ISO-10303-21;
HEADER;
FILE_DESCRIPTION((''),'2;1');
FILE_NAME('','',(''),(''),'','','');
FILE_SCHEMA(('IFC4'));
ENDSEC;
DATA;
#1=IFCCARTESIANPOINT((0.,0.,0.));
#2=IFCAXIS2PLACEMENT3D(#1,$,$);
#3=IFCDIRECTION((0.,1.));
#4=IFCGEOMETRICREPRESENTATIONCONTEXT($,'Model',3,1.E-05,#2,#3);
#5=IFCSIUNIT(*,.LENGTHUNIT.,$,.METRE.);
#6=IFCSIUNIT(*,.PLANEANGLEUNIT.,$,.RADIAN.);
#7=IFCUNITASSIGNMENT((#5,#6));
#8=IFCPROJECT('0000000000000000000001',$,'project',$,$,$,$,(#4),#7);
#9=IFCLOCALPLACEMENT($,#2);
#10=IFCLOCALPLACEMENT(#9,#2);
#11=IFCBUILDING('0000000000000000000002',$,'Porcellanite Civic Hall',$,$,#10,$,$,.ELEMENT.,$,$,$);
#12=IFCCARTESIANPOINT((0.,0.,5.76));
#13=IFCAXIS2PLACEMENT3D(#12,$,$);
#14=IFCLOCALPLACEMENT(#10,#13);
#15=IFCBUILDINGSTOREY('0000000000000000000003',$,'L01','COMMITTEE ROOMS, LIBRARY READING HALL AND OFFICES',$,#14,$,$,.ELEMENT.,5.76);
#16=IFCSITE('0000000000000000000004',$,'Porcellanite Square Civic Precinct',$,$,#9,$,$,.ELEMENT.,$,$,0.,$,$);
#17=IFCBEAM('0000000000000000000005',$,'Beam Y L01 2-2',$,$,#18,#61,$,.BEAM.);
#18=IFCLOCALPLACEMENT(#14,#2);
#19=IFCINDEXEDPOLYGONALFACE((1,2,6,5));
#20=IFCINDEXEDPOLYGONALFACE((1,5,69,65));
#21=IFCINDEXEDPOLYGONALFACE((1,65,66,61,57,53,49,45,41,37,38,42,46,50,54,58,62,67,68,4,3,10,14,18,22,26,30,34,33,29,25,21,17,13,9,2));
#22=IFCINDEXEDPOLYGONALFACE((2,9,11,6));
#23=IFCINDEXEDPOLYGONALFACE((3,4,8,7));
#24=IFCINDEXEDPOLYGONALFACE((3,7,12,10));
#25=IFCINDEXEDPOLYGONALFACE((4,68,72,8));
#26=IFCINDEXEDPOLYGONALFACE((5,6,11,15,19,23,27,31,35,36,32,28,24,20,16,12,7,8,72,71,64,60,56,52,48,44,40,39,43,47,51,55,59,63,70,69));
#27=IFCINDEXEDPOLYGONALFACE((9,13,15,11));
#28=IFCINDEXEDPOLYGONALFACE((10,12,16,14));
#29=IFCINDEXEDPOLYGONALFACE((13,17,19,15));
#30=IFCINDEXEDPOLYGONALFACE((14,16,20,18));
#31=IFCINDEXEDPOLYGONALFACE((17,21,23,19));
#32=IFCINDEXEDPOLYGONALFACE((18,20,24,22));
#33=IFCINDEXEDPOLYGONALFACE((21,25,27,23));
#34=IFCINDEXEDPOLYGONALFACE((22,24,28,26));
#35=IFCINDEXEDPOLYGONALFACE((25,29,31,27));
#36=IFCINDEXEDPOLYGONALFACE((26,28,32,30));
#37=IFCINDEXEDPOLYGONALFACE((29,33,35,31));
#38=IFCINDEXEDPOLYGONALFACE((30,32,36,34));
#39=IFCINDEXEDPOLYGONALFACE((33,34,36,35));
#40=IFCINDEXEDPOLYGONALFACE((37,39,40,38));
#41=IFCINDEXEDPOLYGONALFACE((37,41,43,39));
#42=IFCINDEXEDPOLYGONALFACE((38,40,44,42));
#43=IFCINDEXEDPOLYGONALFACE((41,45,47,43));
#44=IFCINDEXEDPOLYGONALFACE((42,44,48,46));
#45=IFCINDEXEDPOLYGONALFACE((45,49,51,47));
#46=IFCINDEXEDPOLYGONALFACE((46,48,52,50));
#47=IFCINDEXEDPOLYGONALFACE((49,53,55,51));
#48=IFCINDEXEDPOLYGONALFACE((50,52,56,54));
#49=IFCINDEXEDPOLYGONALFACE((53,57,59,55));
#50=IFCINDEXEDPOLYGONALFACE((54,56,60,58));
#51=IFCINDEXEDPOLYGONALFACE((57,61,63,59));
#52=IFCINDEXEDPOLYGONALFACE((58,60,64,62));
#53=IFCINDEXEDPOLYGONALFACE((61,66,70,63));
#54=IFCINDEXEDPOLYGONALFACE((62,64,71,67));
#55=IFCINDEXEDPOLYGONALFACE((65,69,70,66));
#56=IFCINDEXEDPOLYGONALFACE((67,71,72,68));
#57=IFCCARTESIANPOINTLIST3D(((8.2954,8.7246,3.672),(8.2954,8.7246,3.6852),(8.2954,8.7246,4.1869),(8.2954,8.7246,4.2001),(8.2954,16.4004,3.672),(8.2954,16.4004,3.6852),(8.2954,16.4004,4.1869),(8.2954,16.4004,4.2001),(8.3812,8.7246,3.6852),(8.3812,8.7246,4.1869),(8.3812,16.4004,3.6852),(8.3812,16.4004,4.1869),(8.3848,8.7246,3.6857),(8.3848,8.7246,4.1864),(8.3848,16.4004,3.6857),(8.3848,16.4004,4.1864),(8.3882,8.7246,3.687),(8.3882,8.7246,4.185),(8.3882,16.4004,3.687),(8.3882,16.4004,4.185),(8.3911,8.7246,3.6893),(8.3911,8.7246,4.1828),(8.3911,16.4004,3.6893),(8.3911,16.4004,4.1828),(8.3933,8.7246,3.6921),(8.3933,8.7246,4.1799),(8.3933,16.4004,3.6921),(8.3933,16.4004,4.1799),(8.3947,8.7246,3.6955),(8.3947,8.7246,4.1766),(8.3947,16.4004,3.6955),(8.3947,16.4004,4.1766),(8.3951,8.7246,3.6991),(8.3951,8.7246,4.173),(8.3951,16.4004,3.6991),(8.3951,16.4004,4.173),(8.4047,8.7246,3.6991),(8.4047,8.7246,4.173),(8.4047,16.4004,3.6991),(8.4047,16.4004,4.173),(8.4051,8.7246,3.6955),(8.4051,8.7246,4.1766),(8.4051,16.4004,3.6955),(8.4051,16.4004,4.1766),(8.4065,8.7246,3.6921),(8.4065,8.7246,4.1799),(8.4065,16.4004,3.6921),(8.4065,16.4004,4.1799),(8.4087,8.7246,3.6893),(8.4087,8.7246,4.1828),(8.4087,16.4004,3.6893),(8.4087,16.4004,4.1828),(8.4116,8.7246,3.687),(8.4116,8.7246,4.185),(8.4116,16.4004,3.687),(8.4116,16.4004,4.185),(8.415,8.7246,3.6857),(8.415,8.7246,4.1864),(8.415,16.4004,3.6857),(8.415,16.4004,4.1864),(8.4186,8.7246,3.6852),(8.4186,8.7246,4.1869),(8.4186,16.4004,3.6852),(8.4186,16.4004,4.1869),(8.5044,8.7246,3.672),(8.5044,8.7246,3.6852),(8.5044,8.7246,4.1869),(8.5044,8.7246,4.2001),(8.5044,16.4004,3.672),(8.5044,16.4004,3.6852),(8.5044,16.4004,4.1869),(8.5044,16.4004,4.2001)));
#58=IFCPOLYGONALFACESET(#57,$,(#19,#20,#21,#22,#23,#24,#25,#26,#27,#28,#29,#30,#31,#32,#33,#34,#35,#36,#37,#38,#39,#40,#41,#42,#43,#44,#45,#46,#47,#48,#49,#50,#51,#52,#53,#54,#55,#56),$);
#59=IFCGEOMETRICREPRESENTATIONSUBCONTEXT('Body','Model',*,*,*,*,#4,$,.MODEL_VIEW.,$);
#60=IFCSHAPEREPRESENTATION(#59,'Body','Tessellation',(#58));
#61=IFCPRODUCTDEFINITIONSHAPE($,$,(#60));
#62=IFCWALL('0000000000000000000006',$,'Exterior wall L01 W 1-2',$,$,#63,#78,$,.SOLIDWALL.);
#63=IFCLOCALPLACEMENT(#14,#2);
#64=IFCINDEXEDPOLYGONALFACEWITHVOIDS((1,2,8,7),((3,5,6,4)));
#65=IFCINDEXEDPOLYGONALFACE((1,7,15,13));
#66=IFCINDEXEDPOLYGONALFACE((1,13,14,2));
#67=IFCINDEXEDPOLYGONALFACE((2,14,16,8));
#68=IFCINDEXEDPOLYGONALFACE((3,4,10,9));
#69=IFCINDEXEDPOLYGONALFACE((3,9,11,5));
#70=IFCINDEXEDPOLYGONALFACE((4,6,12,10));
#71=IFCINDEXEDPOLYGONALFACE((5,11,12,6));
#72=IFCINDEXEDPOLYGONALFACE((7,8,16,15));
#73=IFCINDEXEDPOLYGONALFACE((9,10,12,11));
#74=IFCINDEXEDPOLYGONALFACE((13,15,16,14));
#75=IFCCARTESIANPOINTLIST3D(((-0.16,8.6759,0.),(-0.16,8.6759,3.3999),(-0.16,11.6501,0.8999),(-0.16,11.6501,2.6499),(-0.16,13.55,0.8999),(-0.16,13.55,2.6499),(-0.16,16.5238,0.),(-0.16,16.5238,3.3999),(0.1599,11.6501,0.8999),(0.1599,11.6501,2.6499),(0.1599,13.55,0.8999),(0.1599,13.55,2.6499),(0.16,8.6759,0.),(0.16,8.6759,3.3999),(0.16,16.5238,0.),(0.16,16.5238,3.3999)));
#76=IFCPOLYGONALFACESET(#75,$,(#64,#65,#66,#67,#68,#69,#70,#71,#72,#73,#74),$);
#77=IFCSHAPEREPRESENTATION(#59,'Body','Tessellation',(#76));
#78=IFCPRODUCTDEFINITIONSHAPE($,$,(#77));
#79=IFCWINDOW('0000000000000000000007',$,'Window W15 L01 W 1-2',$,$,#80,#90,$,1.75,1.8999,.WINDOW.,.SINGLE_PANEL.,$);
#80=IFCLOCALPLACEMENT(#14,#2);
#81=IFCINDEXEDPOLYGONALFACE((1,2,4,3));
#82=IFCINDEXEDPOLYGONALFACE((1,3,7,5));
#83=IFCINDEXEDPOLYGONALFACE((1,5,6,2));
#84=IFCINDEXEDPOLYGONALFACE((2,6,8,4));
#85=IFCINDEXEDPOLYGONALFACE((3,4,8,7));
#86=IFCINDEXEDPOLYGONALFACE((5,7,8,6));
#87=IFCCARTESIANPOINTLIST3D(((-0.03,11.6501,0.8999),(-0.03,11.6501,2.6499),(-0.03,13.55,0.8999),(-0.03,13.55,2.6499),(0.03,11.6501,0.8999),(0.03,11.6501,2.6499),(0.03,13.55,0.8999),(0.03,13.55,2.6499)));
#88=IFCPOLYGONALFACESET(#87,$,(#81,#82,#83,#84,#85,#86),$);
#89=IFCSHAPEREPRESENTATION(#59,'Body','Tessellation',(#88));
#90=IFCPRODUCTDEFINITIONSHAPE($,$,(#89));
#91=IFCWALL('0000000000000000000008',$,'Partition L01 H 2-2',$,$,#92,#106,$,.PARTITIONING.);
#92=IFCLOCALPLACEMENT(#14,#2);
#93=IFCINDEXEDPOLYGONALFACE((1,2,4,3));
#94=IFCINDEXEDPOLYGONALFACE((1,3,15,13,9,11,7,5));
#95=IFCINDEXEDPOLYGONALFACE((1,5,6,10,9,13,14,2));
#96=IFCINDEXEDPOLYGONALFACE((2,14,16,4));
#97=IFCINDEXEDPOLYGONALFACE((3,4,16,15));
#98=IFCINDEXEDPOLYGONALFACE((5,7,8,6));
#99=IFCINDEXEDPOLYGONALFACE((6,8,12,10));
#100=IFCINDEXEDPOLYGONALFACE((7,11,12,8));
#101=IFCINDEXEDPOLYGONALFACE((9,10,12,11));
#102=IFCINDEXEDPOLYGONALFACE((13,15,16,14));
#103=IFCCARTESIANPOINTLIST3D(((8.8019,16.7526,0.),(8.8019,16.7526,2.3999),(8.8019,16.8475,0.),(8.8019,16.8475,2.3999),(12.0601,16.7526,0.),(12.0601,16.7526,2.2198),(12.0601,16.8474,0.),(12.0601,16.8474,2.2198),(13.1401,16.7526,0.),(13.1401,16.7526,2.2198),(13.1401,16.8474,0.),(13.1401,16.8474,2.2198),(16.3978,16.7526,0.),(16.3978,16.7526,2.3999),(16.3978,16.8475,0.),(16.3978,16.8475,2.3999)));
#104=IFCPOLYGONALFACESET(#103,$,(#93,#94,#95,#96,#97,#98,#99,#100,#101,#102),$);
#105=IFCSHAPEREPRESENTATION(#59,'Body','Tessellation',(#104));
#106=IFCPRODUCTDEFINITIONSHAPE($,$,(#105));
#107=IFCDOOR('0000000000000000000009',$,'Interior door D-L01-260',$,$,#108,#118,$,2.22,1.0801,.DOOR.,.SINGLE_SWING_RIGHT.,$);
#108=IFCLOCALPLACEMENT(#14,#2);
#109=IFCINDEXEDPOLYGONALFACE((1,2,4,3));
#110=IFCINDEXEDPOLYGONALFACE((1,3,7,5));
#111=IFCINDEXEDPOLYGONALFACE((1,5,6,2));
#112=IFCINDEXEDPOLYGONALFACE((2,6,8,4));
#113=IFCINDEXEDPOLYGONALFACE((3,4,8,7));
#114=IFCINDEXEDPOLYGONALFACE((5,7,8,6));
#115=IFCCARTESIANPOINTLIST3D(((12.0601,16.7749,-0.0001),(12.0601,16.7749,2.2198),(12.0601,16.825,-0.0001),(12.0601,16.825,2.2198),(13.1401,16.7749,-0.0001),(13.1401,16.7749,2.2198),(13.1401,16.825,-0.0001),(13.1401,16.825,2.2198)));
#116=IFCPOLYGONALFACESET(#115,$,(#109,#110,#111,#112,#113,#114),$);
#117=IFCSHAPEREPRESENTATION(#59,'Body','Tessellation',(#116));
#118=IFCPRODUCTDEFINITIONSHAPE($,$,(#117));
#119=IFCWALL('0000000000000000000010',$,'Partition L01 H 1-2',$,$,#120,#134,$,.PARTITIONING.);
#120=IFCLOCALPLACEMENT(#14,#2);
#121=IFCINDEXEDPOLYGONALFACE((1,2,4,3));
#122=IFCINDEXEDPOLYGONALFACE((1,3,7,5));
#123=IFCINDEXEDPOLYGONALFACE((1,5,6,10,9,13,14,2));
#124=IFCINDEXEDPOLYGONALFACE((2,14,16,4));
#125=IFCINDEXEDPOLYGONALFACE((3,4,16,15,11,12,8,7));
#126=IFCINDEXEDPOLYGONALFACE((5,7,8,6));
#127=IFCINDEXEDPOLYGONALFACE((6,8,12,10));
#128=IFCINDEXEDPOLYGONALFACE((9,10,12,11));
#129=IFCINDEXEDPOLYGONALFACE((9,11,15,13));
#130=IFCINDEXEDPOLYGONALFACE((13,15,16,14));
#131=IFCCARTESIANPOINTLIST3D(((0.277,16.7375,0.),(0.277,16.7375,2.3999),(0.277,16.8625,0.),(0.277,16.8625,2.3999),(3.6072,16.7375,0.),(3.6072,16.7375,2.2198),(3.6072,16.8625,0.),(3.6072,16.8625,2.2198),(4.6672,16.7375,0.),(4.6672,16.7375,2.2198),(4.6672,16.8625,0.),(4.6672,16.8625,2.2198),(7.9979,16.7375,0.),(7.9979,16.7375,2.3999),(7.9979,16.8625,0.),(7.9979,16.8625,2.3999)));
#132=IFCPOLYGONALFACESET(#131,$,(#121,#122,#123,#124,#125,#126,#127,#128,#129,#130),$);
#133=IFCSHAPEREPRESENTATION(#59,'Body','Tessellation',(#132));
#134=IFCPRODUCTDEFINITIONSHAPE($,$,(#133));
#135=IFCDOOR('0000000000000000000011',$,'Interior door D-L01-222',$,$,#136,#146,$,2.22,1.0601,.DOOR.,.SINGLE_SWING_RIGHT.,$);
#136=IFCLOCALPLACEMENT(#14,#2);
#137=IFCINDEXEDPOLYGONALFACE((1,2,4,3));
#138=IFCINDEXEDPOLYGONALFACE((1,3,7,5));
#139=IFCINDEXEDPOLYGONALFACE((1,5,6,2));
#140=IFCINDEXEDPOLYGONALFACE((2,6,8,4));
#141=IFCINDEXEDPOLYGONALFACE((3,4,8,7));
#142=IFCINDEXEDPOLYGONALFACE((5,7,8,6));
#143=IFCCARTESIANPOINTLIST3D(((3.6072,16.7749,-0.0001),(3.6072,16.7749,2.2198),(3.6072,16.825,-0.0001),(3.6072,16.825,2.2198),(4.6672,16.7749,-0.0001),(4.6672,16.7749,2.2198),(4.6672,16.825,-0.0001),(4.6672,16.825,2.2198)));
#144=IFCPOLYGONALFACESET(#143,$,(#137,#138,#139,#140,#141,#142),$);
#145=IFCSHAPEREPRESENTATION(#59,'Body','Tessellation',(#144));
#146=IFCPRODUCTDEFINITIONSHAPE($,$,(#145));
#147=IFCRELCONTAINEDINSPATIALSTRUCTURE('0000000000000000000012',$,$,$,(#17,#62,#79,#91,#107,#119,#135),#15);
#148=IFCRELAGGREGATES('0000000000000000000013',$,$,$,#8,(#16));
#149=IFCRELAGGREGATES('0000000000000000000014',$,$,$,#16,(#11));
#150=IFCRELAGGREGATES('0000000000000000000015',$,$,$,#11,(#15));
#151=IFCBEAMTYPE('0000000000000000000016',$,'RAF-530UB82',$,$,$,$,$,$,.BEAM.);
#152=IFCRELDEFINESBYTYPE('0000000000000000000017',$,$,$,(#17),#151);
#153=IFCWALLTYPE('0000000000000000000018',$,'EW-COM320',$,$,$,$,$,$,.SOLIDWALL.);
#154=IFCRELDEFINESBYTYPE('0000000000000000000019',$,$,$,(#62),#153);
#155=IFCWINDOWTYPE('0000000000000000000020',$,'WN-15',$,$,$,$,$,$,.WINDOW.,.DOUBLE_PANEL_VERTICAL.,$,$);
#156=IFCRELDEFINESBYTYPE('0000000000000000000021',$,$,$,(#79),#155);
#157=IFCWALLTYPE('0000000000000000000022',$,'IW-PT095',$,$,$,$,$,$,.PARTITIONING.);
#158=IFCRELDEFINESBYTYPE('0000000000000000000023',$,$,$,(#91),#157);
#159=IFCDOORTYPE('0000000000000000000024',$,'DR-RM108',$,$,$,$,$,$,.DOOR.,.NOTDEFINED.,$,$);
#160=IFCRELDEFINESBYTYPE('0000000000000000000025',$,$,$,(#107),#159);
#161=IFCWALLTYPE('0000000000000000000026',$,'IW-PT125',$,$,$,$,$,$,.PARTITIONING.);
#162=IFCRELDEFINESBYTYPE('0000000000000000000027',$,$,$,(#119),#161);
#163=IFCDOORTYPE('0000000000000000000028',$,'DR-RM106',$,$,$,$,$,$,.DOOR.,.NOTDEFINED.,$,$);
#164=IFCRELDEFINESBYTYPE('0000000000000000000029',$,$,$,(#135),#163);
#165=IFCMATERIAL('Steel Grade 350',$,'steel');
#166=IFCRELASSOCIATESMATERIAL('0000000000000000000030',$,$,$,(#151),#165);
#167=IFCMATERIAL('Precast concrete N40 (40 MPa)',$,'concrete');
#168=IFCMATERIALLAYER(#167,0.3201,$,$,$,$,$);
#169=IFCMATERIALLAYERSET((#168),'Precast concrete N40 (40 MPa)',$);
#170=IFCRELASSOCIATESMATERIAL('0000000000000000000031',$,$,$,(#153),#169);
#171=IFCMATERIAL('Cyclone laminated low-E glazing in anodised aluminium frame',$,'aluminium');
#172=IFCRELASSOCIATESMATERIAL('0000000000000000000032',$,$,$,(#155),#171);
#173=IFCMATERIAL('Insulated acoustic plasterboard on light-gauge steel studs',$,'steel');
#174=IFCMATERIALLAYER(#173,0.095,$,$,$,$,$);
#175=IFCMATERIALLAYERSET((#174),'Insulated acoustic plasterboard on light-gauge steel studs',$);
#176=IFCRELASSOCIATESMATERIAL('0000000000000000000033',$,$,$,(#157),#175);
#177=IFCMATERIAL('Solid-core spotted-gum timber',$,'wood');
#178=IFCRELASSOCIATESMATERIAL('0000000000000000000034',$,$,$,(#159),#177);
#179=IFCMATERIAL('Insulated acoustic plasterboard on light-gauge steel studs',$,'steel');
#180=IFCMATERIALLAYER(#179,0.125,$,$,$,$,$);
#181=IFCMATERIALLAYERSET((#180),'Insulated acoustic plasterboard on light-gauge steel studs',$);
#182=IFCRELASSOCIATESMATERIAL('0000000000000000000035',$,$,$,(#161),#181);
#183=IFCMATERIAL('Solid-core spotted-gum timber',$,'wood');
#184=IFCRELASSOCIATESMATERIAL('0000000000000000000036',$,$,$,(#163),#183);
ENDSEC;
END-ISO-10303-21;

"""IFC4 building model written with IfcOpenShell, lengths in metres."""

from ifc_helpers import new_model, si_unit, direction, frame, frame_2d, origin, origin_2d, place, context, subcontext, project, spatial, rectangle, i_section, extrude, material, layer, layer_set, material_profile, profile_set, type_object, element, fill, save


model = new_model("IFC4")

# Units and contexts
model_context = context("Model", 3, precision=1e-05, world=origin(), true_north=direction((0.0, 1.0)))
body_context = subcontext(model_context, "Body", "Model", "MODEL_VIEW")
ifc_project = project(units=[si_unit("LENGTHUNIT", "METRE"), si_unit("PLANEANGLEUNIT", "RADIAN")], contexts=[model_context])

# Site, building, storey
site_placement = place(None, origin())
site = spatial("IfcSite", under=ifc_project, at=site_placement, Name="Porcellanite Square Civic Precinct", CompositionType="ELEMENT", RefElevation=0.0)
building_placement = place(site_placement, origin())
building = spatial("IfcBuilding", under=site, at=building_placement, Name="Porcellanite Civic Hall", CompositionType="ELEMENT")
storey_placement = place(building_placement, frame((0.0, 0.0, 5.76)))
storey = spatial("IfcBuildingStorey", under=building, at=storey_placement, Name="L01", Description="COMMITTEE ROOMS, LIBRARY READING HALL AND OFFICES", CompositionType="ELEMENT", Elevation=5.76)

# Beam
ifc_material_1 = material(Name="Steel Grade 350", Category="steel")
ifc_material_profile_1 = material_profile(ifc_material_1, i_section(OverallWidth=0.209, OverallDepth=0.5281, WebThickness=0.0095, FlangeThickness=0.0132, FilletRadius=0.0139, at=origin_2d()), Name="530UB82.0")
ifc_profile_set_1 = profile_set([ifc_material_profile_1], Name="Steel Grade 350")
beam_type_1 = type_object("IfcBeamType", Name="RAF-530UB82", PredefinedType="BEAM", material=ifc_profile_set_1)
beam_1_placement = place(storey_placement, frame((8.3999, 8.7246, 3.936), z_axis=(0.0, 1.0, 0.0), x_axis=(-1.0, 0.0, 0.0)))
element("IfcBeam", 1, at=beam_1_placement, inside=storey, type_object=beam_type_1, Name="Beam Y L01 2-2", PredefinedType="BEAM", context=body_context, shape_type="SweptSolid", body=[
    extrude(i_section(OverallWidth=0.209, OverallDepth=0.5281, WebThickness=0.0095, FlangeThickness=0.0132, FilletRadius=0.0139, at=origin_2d()), origin(), (0.0, 0.0, 1.0), 7.6758),
])

# Wall, opening, window
ifc_material_2 = material(Name="Precast concrete N40 (40 MPa)", Category="concrete")
ifc_layer_1 = layer(ifc_material_2, 0.3201)
ifc_layer_set_1 = layer_set([ifc_layer_1], Name="Precast concrete N40 (40 MPa)")
wall_type_1 = type_object("IfcWallType", Name="EW-COM320", PredefinedType="SOLIDWALL", material=ifc_layer_set_1)
wall_1_placement = place(storey_placement, frame((0.0, 8.676, 0.0), z_axis=(0.0, 0.0, 1.0), x_axis=(0.0, 1.0, 0.0)))
wall_1 = element("IfcWall", 2, at=wall_1_placement, inside=storey, type_object=wall_type_1, Name="Exterior wall L01 W 1-2", PredefinedType="SOLIDWALL", context=body_context, shape_type="SweptSolid", body=[
    extrude(rectangle(XDim=7.8479, YDim=0.3201, at=frame_2d((3.9238, 0.0))), origin(), (0.0, 0.0, 1.0), 3.3999),
])
opening_1_placement = place(wall_1_placement, frame((2.9741, 0.0, 0.8999)))
opening_1 = element("IfcOpeningElement", 3, at=opening_1_placement, cuts=wall_1, PredefinedType="OPENING", context=body_context, shape_type="SweptSolid", body=[
    extrude(rectangle(XDim=1.8999, YDim=1.75, at=frame_2d((0.95, 0.875))), frame((0.0, 0.1602, 0.0), z_axis=(0.0, -1.0, 0.0), x_axis=(1.0, 0.0, 0.0)), (0.0, 0.0, 1.0), 0.3201),
])
ifc_material_3 = material(Name="Cyclone laminated low-E glazing in anodised aluminium frame", Category="aluminium")
window_type = type_object("IfcWindowType", Name="WN-15", PartitioningType="DOUBLE_PANEL_VERTICAL", PredefinedType="WINDOW", material=ifc_material_3)
window_placement = place(opening_1_placement, origin())
window = element("IfcWindow", 4, at=window_placement, inside=storey, type_object=window_type, Name="Window W15 L01 W 1-2", OverallHeight=1.75, OverallWidth=1.8999, PartitioningType="SINGLE_PANEL", PredefinedType="WINDOW", context=body_context, shape_type="SweptSolid", body=[
    extrude(rectangle(XDim=1.8999, YDim=1.75, at=frame_2d((0.95, 0.875))), frame((0.0, 0.03, 0.0), z_axis=(0.0, -1.0, 0.0), x_axis=(1.0, 0.0, 0.0)), (0.0, 0.0, 1.0), 0.0601),
])
fill(opening_1, window)

# Walls, openings, doors
ifc_material_4 = material(Name="Insulated acoustic plasterboard on light-gauge steel studs", Category="steel")
ifc_layer_2 = layer(ifc_material_4, 0.095)
ifc_layer_set_2 = layer_set([ifc_layer_2], Name="Insulated acoustic plasterboard on light-gauge steel studs")
wall_type_2 = type_object("IfcWallType", Name="IW-PT095", PredefinedType="PARTITIONING", material=ifc_layer_set_2)
wall_2_placement = place(storey_placement, frame((8.802, 16.8, 0.0), z_axis=(0.0, 0.0, 1.0), x_axis=(1.0, 0.0, 0.0)))
wall_2 = element("IfcWall", 5, at=wall_2_placement, inside=storey, type_object=wall_type_2, Name="Partition L01 H 2-2", PredefinedType="PARTITIONING", context=body_context, shape_type="SweptSolid", body=[
    extrude(rectangle(XDim=7.5959, YDim=0.095, at=frame_2d((3.7979, 0.0))), origin(), (0.0, 0.0, 1.0), 2.3999),
])
opening_2_placement = place(wall_2_placement, frame((3.2581, 0.0, 0.0)))
opening_2 = element("IfcOpeningElement", 6, at=opening_2_placement, cuts=wall_2, PredefinedType="OPENING", context=body_context, shape_type="SweptSolid", body=[
    extrude(rectangle(XDim=1.0801, YDim=2.22, at=frame_2d((0.54, 1.1099))), frame((0.0, 0.0474, 0.0), z_axis=(0.0, -1.0, 0.0), x_axis=(1.0, 0.0, 0.0)), (0.0, 0.0, 1.0), 0.095),
])
ifc_material_5 = material(Name="Solid-core spotted-gum timber", Category="wood")
door_type_1 = type_object("IfcDoorType", Name="DR-RM108", OperationType="NOTDEFINED", PredefinedType="DOOR", material=ifc_material_5)
door_1_placement = place(opening_2_placement, origin())
door_1 = element("IfcDoor", 7, at=door_1_placement, inside=storey, type_object=door_type_1, Name="Interior door D-L01-260", OperationType="SINGLE_SWING_RIGHT", OverallHeight=2.22, OverallWidth=1.0801, PredefinedType="DOOR", context=body_context, shape_type="SweptSolid", body=[
    extrude(rectangle(XDim=1.0801, YDim=2.22, at=frame_2d((0.54, 1.1099))), frame((0.0, 0.0249, 0.0), z_axis=(0.0, -1.0, 0.0), x_axis=(1.0, 0.0, 0.0)), (0.0, 0.0, 1.0), 0.05),
])
fill(opening_2, door_1)
ifc_material_6 = material(Name="Insulated acoustic plasterboard on light-gauge steel studs", Category="steel")
ifc_layer_3 = layer(ifc_material_6, 0.125)
ifc_layer_set_3 = layer_set([ifc_layer_3], Name="Insulated acoustic plasterboard on light-gauge steel studs")
wall_type_3 = type_object("IfcWallType", Name="IW-PT125", PredefinedType="PARTITIONING", material=ifc_layer_set_3)
wall_3_placement = place(storey_placement, frame((0.2771, 16.8, 0.0), z_axis=(0.0, 0.0, 1.0), x_axis=(1.0, 0.0, 0.0)))
wall_3 = element("IfcWall", 8, at=wall_3_placement, inside=storey, type_object=wall_type_3, Name="Partition L01 H 1-2", PredefinedType="PARTITIONING", context=body_context, shape_type="SweptSolid", body=[
    extrude(rectangle(XDim=7.7209, YDim=0.125, at=frame_2d((3.8604, 0.0))), origin(), (0.0, 0.0, 1.0), 2.3999),
])
opening_3_placement = place(wall_3_placement, frame((3.3301, 0.0, 0.0)))
opening_3 = element("IfcOpeningElement", 9, at=opening_3_placement, cuts=wall_3, PredefinedType="OPENING", context=body_context, shape_type="SweptSolid", body=[
    extrude(rectangle(XDim=1.0601, YDim=2.22, at=frame_2d((0.53, 1.1099))), frame((0.0, 0.0625, 0.0), z_axis=(0.0, -1.0, 0.0), x_axis=(1.0, 0.0, 0.0)), (0.0, 0.0, 1.0), 0.125),
])
ifc_material_7 = material(Name="Solid-core spotted-gum timber", Category="wood")
door_type_2 = type_object("IfcDoorType", Name="DR-RM106", OperationType="NOTDEFINED", PredefinedType="DOOR", material=ifc_material_7)
door_2_placement = place(opening_3_placement, origin())
door_2 = element("IfcDoor", 10, at=door_2_placement, inside=storey, type_object=door_type_2, Name="Interior door D-L01-222", OperationType="SINGLE_SWING_RIGHT", OverallHeight=2.22, OverallWidth=1.0601, PredefinedType="DOOR", context=body_context, shape_type="SweptSolid", body=[
    extrude(rectangle(XDim=1.0601, YDim=2.22, at=frame_2d((0.53, 1.1099))), frame((0.0, 0.0249, 0.0), z_axis=(0.0, -1.0, 0.0), x_axis=(1.0, 0.0, 0.0)), (0.0, 0.0, 1.0), 0.05),
])
fill(opening_3, door_2)

save(model, "model.ifc")
